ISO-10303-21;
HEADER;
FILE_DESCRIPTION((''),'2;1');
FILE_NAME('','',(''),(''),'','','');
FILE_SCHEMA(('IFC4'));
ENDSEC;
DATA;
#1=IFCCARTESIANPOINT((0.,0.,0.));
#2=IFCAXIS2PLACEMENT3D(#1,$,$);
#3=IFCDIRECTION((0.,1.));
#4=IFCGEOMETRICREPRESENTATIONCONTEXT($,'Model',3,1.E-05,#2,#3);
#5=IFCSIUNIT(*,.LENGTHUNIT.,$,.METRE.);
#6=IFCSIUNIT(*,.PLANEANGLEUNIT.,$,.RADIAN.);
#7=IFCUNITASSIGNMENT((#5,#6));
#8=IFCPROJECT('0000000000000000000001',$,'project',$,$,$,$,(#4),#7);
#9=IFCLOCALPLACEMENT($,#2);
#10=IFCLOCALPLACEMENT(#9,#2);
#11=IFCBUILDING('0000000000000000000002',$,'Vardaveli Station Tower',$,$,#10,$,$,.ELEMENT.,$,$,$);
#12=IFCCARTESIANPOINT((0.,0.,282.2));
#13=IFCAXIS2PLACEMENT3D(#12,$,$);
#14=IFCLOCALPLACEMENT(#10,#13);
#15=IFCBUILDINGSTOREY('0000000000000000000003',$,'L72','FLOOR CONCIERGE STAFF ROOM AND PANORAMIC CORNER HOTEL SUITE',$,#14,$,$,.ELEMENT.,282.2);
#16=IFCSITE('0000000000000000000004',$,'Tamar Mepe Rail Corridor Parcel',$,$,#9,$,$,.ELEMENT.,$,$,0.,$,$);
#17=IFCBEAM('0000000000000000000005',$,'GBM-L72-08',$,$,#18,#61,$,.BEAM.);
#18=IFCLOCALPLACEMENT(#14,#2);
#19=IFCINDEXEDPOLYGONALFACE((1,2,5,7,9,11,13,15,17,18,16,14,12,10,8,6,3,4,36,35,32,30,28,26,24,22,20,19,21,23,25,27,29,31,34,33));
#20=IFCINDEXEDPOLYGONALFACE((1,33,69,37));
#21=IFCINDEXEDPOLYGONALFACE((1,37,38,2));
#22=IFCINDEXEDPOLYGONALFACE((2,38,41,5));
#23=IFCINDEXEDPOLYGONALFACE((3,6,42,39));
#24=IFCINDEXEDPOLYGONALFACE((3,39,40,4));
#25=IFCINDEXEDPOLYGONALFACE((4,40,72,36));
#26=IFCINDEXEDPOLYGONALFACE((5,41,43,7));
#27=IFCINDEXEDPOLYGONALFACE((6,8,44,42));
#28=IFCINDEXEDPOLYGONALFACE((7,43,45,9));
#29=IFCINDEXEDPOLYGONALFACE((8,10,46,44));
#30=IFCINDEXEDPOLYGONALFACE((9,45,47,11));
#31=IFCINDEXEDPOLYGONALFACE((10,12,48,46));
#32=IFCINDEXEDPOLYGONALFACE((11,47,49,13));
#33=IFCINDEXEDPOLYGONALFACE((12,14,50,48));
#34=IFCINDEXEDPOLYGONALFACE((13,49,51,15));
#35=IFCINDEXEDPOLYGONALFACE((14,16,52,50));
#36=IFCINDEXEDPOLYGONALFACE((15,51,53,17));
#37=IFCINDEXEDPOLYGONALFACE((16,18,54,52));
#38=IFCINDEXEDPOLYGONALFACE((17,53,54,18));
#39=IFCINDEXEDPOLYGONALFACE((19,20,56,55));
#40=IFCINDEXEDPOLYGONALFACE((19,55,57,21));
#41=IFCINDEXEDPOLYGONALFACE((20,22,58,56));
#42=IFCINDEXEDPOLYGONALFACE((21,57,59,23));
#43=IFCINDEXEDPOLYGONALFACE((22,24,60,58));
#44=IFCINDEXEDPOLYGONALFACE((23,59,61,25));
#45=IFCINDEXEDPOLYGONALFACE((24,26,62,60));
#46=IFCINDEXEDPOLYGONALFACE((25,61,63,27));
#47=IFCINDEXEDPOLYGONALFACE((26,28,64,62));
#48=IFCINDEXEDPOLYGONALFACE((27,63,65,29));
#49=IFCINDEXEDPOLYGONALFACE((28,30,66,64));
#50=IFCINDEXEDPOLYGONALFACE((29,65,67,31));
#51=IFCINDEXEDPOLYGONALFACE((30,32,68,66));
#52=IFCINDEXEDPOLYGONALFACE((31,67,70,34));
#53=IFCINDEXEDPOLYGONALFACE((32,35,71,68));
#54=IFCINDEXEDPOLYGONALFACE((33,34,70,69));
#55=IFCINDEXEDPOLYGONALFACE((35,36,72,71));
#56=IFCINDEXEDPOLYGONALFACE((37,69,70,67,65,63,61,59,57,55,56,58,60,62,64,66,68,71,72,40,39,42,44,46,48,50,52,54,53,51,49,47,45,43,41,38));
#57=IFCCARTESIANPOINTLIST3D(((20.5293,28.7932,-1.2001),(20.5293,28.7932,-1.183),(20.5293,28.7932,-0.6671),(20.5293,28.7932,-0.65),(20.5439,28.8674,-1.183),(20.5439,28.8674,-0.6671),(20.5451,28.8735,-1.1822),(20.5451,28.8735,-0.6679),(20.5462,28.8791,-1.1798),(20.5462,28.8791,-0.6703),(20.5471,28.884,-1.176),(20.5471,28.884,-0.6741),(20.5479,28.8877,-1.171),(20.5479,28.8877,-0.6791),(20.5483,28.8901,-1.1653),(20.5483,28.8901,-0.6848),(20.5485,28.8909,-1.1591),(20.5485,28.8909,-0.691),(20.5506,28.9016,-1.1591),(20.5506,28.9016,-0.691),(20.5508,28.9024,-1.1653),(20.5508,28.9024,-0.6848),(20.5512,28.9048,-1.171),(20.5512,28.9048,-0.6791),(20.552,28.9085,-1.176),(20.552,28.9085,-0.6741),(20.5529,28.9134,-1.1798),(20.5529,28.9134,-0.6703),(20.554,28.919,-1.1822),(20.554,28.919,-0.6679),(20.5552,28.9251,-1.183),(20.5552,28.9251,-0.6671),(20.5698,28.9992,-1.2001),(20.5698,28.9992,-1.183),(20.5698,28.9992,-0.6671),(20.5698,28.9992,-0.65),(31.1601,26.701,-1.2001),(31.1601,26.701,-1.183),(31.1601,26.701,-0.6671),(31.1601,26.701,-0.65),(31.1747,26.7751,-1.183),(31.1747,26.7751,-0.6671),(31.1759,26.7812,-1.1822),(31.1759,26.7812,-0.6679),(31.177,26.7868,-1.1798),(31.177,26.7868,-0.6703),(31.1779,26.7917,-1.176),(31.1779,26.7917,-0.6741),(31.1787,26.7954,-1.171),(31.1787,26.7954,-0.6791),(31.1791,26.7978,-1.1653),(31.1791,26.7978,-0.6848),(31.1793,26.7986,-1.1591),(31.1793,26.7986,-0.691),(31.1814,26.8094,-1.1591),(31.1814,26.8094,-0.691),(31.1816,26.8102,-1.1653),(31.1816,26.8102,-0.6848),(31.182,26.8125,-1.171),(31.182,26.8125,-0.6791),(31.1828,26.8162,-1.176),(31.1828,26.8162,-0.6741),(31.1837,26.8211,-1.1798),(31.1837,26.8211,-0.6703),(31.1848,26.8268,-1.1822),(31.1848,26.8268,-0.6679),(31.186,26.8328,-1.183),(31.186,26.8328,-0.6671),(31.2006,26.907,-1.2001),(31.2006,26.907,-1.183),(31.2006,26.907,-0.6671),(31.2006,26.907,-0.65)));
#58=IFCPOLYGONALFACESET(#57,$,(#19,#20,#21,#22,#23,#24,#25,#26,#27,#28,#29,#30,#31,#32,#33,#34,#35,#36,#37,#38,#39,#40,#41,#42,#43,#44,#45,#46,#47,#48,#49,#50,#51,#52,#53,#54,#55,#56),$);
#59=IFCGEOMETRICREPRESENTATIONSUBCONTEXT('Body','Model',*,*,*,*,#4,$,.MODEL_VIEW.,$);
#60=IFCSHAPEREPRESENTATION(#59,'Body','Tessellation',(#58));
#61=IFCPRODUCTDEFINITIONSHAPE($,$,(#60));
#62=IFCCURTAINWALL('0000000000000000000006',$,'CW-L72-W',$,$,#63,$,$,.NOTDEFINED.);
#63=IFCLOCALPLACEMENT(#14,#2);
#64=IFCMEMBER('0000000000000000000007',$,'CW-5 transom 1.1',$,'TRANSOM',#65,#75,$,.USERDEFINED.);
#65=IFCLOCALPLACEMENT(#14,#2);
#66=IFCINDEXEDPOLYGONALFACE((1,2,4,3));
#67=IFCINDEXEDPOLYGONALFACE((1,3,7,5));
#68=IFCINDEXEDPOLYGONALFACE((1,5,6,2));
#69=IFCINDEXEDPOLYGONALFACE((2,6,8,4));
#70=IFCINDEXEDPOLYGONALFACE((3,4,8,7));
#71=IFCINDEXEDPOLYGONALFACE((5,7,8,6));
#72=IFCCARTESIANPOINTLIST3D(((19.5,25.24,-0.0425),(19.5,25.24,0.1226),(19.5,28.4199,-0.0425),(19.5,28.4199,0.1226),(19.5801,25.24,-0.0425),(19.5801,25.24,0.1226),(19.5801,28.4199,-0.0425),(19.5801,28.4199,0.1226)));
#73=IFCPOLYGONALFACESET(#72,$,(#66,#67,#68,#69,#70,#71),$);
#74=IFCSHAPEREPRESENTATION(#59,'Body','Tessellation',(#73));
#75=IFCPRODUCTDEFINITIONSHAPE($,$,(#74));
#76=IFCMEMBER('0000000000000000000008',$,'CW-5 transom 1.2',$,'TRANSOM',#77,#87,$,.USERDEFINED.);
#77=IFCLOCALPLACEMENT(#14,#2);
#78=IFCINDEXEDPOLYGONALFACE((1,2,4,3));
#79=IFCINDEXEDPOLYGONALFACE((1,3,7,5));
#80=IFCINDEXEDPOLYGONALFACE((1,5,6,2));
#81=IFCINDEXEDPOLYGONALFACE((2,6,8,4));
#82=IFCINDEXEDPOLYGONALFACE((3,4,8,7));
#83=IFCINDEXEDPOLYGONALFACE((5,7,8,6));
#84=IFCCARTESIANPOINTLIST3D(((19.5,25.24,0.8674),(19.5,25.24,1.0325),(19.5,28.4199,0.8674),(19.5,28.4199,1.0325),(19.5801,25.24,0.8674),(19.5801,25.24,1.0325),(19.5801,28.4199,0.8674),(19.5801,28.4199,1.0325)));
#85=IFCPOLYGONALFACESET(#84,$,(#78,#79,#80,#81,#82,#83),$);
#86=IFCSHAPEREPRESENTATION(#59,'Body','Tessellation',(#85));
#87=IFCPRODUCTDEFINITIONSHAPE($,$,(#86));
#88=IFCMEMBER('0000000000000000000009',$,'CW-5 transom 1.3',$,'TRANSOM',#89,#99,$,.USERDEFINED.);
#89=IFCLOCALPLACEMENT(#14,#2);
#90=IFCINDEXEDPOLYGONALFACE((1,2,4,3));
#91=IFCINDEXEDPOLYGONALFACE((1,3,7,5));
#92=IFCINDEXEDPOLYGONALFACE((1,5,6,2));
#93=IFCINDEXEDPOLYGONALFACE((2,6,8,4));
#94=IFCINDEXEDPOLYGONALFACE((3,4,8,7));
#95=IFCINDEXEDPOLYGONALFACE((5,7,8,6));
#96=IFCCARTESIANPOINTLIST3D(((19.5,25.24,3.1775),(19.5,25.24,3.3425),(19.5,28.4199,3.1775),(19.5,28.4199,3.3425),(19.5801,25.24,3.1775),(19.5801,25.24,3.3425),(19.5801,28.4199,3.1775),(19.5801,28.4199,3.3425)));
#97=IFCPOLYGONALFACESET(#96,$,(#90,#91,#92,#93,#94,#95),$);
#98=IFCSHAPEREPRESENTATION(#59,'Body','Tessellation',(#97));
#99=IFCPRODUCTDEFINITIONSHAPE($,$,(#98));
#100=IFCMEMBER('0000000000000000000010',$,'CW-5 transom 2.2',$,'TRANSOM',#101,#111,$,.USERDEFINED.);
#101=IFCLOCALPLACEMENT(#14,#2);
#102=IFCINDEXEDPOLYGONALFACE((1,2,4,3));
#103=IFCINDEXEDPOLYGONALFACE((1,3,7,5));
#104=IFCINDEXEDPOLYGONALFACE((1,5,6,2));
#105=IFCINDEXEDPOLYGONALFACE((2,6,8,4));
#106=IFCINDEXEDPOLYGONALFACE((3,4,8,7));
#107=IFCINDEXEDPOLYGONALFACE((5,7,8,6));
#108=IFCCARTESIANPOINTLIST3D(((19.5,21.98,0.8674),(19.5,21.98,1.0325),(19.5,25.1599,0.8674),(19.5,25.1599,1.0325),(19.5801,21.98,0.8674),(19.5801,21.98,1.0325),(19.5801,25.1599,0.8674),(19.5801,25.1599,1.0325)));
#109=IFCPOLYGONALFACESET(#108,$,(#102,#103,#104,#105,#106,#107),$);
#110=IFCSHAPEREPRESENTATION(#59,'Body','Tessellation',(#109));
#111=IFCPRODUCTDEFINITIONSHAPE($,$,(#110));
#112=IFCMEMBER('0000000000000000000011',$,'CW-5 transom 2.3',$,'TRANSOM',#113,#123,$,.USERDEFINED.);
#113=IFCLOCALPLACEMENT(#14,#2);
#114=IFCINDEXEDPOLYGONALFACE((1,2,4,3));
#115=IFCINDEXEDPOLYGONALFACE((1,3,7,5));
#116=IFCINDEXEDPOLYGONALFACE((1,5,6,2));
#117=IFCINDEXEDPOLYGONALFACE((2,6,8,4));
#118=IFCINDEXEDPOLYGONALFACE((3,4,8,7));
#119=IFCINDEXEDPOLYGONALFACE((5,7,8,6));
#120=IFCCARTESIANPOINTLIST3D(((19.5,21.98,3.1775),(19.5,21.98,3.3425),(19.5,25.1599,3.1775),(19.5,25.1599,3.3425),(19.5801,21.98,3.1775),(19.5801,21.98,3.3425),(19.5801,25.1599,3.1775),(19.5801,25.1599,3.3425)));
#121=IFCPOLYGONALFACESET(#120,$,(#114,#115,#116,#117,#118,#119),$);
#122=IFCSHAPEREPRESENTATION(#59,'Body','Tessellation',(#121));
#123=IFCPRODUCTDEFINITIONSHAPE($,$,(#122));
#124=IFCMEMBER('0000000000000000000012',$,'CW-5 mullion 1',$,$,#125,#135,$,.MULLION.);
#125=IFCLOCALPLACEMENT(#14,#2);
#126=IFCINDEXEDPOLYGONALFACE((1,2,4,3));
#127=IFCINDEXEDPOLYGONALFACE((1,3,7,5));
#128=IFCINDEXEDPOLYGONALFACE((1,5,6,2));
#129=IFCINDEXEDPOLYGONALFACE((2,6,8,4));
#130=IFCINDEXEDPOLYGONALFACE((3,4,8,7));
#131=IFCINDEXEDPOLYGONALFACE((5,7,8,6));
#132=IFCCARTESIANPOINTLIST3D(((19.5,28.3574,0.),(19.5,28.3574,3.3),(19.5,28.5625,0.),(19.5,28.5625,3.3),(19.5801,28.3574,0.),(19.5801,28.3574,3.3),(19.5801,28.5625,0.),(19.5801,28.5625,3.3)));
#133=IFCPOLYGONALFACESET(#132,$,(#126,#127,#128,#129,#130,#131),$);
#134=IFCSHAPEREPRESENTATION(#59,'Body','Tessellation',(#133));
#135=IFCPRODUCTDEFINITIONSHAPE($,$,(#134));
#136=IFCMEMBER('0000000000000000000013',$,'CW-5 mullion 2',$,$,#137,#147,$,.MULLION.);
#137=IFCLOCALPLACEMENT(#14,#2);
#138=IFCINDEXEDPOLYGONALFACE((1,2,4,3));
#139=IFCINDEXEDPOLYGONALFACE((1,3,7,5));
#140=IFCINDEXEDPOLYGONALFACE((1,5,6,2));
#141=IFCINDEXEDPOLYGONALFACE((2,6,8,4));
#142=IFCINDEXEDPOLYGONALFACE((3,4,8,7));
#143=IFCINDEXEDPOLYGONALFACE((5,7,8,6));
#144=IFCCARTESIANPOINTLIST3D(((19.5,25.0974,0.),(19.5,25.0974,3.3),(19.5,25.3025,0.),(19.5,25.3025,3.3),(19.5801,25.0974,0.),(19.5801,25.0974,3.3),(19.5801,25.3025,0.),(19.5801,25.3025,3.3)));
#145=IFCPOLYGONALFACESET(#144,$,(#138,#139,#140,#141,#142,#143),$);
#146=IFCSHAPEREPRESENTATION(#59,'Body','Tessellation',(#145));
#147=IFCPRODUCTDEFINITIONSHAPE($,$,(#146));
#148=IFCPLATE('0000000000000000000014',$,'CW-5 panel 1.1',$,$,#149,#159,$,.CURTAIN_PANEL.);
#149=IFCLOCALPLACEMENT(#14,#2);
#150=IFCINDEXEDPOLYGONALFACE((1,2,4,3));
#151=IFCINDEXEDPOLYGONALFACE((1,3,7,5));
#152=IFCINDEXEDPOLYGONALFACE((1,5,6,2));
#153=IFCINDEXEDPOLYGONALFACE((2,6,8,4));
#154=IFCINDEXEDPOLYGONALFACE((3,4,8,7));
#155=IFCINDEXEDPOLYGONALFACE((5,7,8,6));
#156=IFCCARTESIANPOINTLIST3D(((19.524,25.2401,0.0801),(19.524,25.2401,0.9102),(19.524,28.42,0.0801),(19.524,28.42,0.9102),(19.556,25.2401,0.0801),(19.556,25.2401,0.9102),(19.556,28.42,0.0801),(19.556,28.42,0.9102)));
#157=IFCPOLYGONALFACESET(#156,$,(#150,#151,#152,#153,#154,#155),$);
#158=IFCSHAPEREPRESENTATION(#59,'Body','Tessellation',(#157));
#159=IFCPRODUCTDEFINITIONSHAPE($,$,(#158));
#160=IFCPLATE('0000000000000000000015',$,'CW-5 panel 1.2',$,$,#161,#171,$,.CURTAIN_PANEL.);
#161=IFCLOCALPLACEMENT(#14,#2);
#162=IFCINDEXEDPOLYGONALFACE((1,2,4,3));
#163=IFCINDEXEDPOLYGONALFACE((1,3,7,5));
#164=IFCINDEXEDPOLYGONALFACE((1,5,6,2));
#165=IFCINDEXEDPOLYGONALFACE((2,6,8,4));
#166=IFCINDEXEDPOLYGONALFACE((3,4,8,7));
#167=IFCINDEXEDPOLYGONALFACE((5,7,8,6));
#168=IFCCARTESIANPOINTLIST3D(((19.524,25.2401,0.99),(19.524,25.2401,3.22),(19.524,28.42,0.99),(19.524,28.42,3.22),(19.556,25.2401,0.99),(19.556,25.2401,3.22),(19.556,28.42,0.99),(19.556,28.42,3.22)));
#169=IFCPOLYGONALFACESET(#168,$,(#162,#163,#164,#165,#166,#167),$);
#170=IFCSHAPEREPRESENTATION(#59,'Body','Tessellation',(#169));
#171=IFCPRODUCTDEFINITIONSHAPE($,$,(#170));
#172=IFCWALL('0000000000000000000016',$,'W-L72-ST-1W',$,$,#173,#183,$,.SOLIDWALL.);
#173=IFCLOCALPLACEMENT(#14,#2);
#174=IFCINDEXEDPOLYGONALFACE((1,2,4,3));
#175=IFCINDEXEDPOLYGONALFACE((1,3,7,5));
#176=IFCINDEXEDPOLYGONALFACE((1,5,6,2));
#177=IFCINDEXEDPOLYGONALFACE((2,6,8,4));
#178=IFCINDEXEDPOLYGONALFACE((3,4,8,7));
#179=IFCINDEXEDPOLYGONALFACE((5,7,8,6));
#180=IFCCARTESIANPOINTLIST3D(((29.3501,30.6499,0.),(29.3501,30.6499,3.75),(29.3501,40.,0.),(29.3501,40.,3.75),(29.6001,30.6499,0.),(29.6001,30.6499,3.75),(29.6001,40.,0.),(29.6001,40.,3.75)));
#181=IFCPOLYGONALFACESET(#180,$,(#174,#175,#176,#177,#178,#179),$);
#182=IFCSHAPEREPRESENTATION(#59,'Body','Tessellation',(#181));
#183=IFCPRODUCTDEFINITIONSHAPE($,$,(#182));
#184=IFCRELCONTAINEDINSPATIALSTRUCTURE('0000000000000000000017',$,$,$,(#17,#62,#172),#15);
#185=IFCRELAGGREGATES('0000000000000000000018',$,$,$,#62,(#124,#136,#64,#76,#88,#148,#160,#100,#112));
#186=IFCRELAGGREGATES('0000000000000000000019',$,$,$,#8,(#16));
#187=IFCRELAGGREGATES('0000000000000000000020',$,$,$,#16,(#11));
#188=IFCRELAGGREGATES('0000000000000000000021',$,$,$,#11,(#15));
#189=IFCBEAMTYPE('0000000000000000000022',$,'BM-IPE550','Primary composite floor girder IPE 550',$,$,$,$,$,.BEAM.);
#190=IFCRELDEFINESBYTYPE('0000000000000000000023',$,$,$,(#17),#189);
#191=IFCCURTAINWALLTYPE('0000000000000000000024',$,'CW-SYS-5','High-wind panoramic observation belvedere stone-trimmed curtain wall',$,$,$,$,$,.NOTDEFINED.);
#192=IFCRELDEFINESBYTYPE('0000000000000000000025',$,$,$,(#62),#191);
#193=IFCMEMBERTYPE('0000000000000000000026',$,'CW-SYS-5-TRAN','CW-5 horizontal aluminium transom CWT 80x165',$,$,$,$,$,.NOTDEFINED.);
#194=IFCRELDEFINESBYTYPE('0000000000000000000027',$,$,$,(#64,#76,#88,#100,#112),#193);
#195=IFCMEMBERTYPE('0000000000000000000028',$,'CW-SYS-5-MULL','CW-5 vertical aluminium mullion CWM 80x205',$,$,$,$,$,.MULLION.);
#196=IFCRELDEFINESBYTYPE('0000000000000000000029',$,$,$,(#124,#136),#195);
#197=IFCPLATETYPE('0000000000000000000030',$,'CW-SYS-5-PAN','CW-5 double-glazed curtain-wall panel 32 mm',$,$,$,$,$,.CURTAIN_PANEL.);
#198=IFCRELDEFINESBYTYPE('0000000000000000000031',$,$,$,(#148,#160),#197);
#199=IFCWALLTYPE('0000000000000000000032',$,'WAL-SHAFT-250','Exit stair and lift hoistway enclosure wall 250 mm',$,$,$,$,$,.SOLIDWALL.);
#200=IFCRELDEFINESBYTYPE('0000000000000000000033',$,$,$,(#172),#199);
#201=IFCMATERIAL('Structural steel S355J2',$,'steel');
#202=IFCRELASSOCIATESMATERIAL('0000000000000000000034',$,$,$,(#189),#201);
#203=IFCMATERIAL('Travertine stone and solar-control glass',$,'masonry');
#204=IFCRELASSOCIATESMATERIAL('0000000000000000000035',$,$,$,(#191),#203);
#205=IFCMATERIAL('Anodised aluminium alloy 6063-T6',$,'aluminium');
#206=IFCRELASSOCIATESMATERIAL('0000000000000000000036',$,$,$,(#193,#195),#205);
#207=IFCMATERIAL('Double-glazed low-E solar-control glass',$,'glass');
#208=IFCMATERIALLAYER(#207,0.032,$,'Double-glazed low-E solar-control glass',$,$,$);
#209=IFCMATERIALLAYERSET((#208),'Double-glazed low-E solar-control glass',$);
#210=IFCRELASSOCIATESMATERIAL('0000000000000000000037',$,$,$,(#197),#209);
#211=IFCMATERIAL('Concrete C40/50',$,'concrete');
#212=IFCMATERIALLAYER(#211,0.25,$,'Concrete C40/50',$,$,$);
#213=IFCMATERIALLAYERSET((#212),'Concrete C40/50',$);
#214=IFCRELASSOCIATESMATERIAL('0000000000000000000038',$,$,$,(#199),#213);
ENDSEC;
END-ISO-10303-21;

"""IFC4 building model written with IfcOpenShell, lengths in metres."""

from ifc_helpers import new_model, si_unit, direction, frame, frame_2d, origin, origin_2d, place, context, subcontext, project, spatial, rectangle, i_section, extrude, source, transform, mapped, material, layer, layer_set, material_profile, profile_set, type_object, element, aggregate, save


model = new_model("IFC4")

# Units and contexts
model_context = context("Model", 3, precision=1e-05, world=origin(), true_north=direction((0.0, 1.0)))
body_context = subcontext(model_context, "Body", "Model", "MODEL_VIEW")
ifc_project = project(units=[si_unit("LENGTHUNIT", "METRE"), si_unit("PLANEANGLEUNIT", "RADIAN")], contexts=[model_context])

# Site, building, storey
site_placement = place(None, origin())
site = spatial("IfcSite", under=ifc_project, at=site_placement, Name="Tamar Mepe Rail Corridor Parcel", CompositionType="ELEMENT", RefElevation=0.0)
building_placement = place(site_placement, origin())
building = spatial("IfcBuilding", under=site, at=building_placement, Name="Vardaveli Station Tower", CompositionType="ELEMENT")
storey_placement = place(building_placement, frame((0.0, 0.0, 282.2)))
storey = spatial("IfcBuildingStorey", under=building, at=storey_placement, Name="L72", Description="FLOOR CONCIERGE STAFF ROOM AND PANORAMIC CORNER HOTEL SUITE", CompositionType="ELEMENT", Elevation=282.2)

# Beam
ifc_material_1 = material(Name="Structural steel S355J2", Category="steel")
ifc_material_profile_1 = material_profile(ifc_material_1, i_section(OverallWidth=0.21, OverallDepth=0.55, WebThickness=0.011, FlangeThickness=0.0171, FilletRadius=0.0239, at=origin_2d()), Name="IPE 550")
ifc_profile_set_1 = profile_set([ifc_material_profile_1], Name="Structural steel S355J2")
beam_type_1 = type_object("IfcBeamType", Name="BM-IPE550", Description="Primary composite floor girder IPE 550", PredefinedType="BEAM", material=ifc_profile_set_1)
shared_shape_1 = source(origin(), body_context, "Body", "SweptSolid", [
    extrude(i_section(OverallWidth=0.21, OverallDepth=0.55, WebThickness=0.011, FlangeThickness=0.0171, FilletRadius=0.0239, at=origin_2d()), origin(), (0.0, 0.0, 1.0), 10.8347),
])
beam_1_placement = place(storey_placement, frame((20.5496, 28.8962, -0.925), z_axis=(0.981178, -0.193108, 0.0), x_axis=(0.193108, 0.981178, 0.0)))
element("IfcBeam", 1, at=beam_1_placement, inside=storey, type_object=beam_type_1, Name="GBM-L72-08", PredefinedType="BEAM", context=body_context, shape_type="MappedRepresentation", body=[
    mapped(shared_shape_1, transform((0.0, 0.0, 0.0), scale=1.0)),
])

# Curtain wall, members, plates
ifc_material_2 = material(Name="Travertine stone and solar-control glass", Category="masonry")
curtain_wall_type = type_object("IfcCurtainWallType", Name="CW-SYS-5", Description="High-wind panoramic observation belvedere stone-trimmed curtain wall", PredefinedType="NOTDEFINED", material=ifc_material_2)
curtain_wall_placement = place(storey_placement, origin())
curtain_wall = element("IfcCurtainWall", 2, at=curtain_wall_placement, inside=storey, type_object=curtain_wall_type, Name="CW-L72-W", PredefinedType="NOTDEFINED")
ifc_material_3 = material(Name="Anodised aluminium alloy 6063-T6", Category="aluminium")
ifc_material_profile_2 = material_profile(ifc_material_3, rectangle(XDim=0.0801, YDim=0.165, at=origin_2d()), Name="CWT 80x165")
ifc_profile_set_2 = profile_set([ifc_material_profile_2], Name="Anodised aluminium alloy 6063-T6")
member_type_1 = type_object("IfcMemberType", Name="CW-SYS-5-TRAN", Description="CW-5 horizontal aluminium transom CWT 80x165", PredefinedType="NOTDEFINED", material=ifc_profile_set_2)
shared_shape_2 = source(origin(), body_context, "Body", "SweptSolid", [
    extrude(rectangle(XDim=0.0801, YDim=0.165, at=origin_2d()), origin(), (0.0, 0.0, 1.0), 3.1799),
])
member_1_placement = place(storey_placement, frame((19.54, 28.4199, 0.04), z_axis=(0.0, -1.0, 0.0), x_axis=(1.0, 0.0, 0.0)))
member_1 = element("IfcMember", 3, at=member_1_placement, type_object=member_type_1, Name="CW-5 transom 1.1", ObjectType="TRANSOM", PredefinedType="USERDEFINED", context=body_context, shape_type="MappedRepresentation", body=[
    mapped(shared_shape_2, transform((0.0, 0.0, 0.0), scale=1.0)),
])
member_2_placement = place(storey_placement, frame((19.54, 28.4199, 0.95), z_axis=(0.0, -1.0, 0.0), x_axis=(1.0, 0.0, 0.0)))
member_2 = element("IfcMember", 4, at=member_2_placement, type_object=member_type_1, Name="CW-5 transom 1.2", ObjectType="TRANSOM", PredefinedType="USERDEFINED", context=body_context, shape_type="MappedRepresentation", body=[
    mapped(shared_shape_2, transform((0.0, 0.0, 0.0), scale=1.0)),
])
member_3_placement = place(storey_placement, frame((19.54, 28.4199, 3.26), z_axis=(0.0, -1.0, 0.0), x_axis=(1.0, 0.0, 0.0)))
member_3 = element("IfcMember", 5, at=member_3_placement, type_object=member_type_1, Name="CW-5 transom 1.3", ObjectType="TRANSOM", PredefinedType="USERDEFINED", context=body_context, shape_type="MappedRepresentation", body=[
    mapped(shared_shape_2, transform((0.0, 0.0, 0.0), scale=1.0)),
])
member_4_placement = place(storey_placement, frame((19.54, 25.1599, 0.95), z_axis=(0.0, -1.0, 0.0), x_axis=(1.0, 0.0, 0.0)))
member_4 = element("IfcMember", 6, at=member_4_placement, type_object=member_type_1, Name="CW-5 transom 2.2", ObjectType="TRANSOM", PredefinedType="USERDEFINED", context=body_context, shape_type="MappedRepresentation", body=[
    mapped(shared_shape_2, transform((0.0, 0.0, 0.0), scale=1.0)),
])
member_5_placement = place(storey_placement, frame((19.54, 25.1599, 3.26), z_axis=(0.0, -1.0, 0.0), x_axis=(1.0, 0.0, 0.0)))
member_5 = element("IfcMember", 7, at=member_5_placement, type_object=member_type_1, Name="CW-5 transom 2.3", ObjectType="TRANSOM", PredefinedType="USERDEFINED", context=body_context, shape_type="MappedRepresentation", body=[
    mapped(shared_shape_2, transform((0.0, 0.0, 0.0), scale=1.0)),
])
ifc_material_profile_3 = material_profile(ifc_material_3, rectangle(XDim=0.0801, YDim=0.2051, at=origin_2d()), Name="CWM 80x205")
ifc_profile_set_3 = profile_set([ifc_material_profile_3], Name="Anodised aluminium alloy 6063-T6")
member_type_2 = type_object("IfcMemberType", Name="CW-SYS-5-MULL", Description="CW-5 vertical aluminium mullion CWM 80x205", PredefinedType="MULLION", material=ifc_profile_set_3)
shared_shape_3 = source(origin(), body_context, "Body", "SweptSolid", [
    extrude(rectangle(XDim=0.0801, YDim=0.2051, at=origin_2d()), origin(), (0.0, 0.0, 1.0), 3.3),
])
member_6_placement = place(storey_placement, frame((19.54, 28.46, 0.0), z_axis=(0.0, 0.0, 1.0), x_axis=(1.0, 0.0, 0.0)))
member_6 = element("IfcMember", 8, at=member_6_placement, type_object=member_type_2, Name="CW-5 mullion 1", PredefinedType="MULLION", context=body_context, shape_type="MappedRepresentation", body=[
    mapped(shared_shape_3, transform((0.0, 0.0, 0.0), scale=1.0)),
])
member_7_placement = place(storey_placement, frame((19.54, 25.2, 0.0), z_axis=(0.0, 0.0, 1.0), x_axis=(1.0, 0.0, 0.0)))
member_7 = element("IfcMember", 9, at=member_7_placement, type_object=member_type_2, Name="CW-5 mullion 2", PredefinedType="MULLION", context=body_context, shape_type="MappedRepresentation", body=[
    mapped(shared_shape_3, transform((0.0, 0.0, 0.0), scale=1.0)),
])
ifc_material_4 = material(Name="Double-glazed low-E solar-control glass", Category="glass")
ifc_layer_1 = layer(ifc_material_4, 0.032, Name="Double-glazed low-E solar-control glass")
ifc_layer_set_1 = layer_set([ifc_layer_1], Name="Double-glazed low-E solar-control glass")
plate_type = type_object("IfcPlateType", Name="CW-SYS-5-PAN", Description="CW-5 double-glazed curtain-wall panel 32 mm", PredefinedType="CURTAIN_PANEL", material=ifc_layer_set_1)
shared_shape_4 = source(origin(), body_context, "Body", "SweptSolid", [
    extrude(rectangle(XDim=3.1799, YDim=0.032, at=origin_2d()), origin(), (0.0, 0.0, 1.0), 0.8301),
])
plate_1_placement = place(storey_placement, frame((19.54, 26.8301, 0.0801), z_axis=(0.0, 0.0, 1.0), x_axis=(0.0, -1.0, 0.0)))
plate_1 = element("IfcPlate", 10, at=plate_1_placement, type_object=plate_type, Name="CW-5 panel 1.1", PredefinedType="CURTAIN_PANEL", context=body_context, shape_type="MappedRepresentation", body=[
    mapped(shared_shape_4, transform((0.0, 0.0, 0.0), scale=1.0)),
])
shared_shape_5 = source(origin(), body_context, "Body", "SweptSolid", [
    extrude(rectangle(XDim=3.1799, YDim=0.032, at=origin_2d()), origin(), (0.0, 0.0, 1.0), 2.23),
])
plate_2_placement = place(storey_placement, frame((19.54, 26.8301, 0.99), z_axis=(0.0, 0.0, 1.0), x_axis=(0.0, -1.0, 0.0)))
plate_2 = element("IfcPlate", 11, at=plate_2_placement, type_object=plate_type, Name="CW-5 panel 1.2", PredefinedType="CURTAIN_PANEL", context=body_context, shape_type="MappedRepresentation", body=[
    mapped(shared_shape_5, transform((0.0, 0.0, 0.0), scale=1.0)),
])
aggregate(curtain_wall, [member_6, member_7, member_1, member_2, member_3, plate_1, plate_2, member_4, member_5])

# Wall
ifc_material_5 = material(Name="Concrete C40/50", Category="concrete")
ifc_layer_2 = layer(ifc_material_5, 0.25, Name="Concrete C40/50")
ifc_layer_set_2 = layer_set([ifc_layer_2], Name="Concrete C40/50")
wall_type_1 = type_object("IfcWallType", Name="WAL-SHAFT-250", Description="Exit stair and lift hoistway enclosure wall 250 mm", PredefinedType="SOLIDWALL", material=ifc_layer_set_2)
shared_shape_6 = source(origin(), body_context, "Body", "SweptSolid", [
    extrude(rectangle(XDim=9.3501, YDim=0.25, at=frame_2d((4.675, 0.0))), origin(), (0.0, 0.0, 1.0), 3.75),
])
wall_1_placement = place(storey_placement, frame((29.4751, 30.6499, 0.0), z_axis=(0.0, 0.0, 1.0), x_axis=(0.0, 1.0, 0.0)))
element("IfcWall", 12, at=wall_1_placement, inside=storey, type_object=wall_type_1, Name="W-L72-ST-1W", PredefinedType="SOLIDWALL", context=body_context, shape_type="MappedRepresentation", body=[
    mapped(shared_shape_6, transform((0.0, 0.0, 0.0), scale=1.0)),
])

save(model, "model.ifc")
